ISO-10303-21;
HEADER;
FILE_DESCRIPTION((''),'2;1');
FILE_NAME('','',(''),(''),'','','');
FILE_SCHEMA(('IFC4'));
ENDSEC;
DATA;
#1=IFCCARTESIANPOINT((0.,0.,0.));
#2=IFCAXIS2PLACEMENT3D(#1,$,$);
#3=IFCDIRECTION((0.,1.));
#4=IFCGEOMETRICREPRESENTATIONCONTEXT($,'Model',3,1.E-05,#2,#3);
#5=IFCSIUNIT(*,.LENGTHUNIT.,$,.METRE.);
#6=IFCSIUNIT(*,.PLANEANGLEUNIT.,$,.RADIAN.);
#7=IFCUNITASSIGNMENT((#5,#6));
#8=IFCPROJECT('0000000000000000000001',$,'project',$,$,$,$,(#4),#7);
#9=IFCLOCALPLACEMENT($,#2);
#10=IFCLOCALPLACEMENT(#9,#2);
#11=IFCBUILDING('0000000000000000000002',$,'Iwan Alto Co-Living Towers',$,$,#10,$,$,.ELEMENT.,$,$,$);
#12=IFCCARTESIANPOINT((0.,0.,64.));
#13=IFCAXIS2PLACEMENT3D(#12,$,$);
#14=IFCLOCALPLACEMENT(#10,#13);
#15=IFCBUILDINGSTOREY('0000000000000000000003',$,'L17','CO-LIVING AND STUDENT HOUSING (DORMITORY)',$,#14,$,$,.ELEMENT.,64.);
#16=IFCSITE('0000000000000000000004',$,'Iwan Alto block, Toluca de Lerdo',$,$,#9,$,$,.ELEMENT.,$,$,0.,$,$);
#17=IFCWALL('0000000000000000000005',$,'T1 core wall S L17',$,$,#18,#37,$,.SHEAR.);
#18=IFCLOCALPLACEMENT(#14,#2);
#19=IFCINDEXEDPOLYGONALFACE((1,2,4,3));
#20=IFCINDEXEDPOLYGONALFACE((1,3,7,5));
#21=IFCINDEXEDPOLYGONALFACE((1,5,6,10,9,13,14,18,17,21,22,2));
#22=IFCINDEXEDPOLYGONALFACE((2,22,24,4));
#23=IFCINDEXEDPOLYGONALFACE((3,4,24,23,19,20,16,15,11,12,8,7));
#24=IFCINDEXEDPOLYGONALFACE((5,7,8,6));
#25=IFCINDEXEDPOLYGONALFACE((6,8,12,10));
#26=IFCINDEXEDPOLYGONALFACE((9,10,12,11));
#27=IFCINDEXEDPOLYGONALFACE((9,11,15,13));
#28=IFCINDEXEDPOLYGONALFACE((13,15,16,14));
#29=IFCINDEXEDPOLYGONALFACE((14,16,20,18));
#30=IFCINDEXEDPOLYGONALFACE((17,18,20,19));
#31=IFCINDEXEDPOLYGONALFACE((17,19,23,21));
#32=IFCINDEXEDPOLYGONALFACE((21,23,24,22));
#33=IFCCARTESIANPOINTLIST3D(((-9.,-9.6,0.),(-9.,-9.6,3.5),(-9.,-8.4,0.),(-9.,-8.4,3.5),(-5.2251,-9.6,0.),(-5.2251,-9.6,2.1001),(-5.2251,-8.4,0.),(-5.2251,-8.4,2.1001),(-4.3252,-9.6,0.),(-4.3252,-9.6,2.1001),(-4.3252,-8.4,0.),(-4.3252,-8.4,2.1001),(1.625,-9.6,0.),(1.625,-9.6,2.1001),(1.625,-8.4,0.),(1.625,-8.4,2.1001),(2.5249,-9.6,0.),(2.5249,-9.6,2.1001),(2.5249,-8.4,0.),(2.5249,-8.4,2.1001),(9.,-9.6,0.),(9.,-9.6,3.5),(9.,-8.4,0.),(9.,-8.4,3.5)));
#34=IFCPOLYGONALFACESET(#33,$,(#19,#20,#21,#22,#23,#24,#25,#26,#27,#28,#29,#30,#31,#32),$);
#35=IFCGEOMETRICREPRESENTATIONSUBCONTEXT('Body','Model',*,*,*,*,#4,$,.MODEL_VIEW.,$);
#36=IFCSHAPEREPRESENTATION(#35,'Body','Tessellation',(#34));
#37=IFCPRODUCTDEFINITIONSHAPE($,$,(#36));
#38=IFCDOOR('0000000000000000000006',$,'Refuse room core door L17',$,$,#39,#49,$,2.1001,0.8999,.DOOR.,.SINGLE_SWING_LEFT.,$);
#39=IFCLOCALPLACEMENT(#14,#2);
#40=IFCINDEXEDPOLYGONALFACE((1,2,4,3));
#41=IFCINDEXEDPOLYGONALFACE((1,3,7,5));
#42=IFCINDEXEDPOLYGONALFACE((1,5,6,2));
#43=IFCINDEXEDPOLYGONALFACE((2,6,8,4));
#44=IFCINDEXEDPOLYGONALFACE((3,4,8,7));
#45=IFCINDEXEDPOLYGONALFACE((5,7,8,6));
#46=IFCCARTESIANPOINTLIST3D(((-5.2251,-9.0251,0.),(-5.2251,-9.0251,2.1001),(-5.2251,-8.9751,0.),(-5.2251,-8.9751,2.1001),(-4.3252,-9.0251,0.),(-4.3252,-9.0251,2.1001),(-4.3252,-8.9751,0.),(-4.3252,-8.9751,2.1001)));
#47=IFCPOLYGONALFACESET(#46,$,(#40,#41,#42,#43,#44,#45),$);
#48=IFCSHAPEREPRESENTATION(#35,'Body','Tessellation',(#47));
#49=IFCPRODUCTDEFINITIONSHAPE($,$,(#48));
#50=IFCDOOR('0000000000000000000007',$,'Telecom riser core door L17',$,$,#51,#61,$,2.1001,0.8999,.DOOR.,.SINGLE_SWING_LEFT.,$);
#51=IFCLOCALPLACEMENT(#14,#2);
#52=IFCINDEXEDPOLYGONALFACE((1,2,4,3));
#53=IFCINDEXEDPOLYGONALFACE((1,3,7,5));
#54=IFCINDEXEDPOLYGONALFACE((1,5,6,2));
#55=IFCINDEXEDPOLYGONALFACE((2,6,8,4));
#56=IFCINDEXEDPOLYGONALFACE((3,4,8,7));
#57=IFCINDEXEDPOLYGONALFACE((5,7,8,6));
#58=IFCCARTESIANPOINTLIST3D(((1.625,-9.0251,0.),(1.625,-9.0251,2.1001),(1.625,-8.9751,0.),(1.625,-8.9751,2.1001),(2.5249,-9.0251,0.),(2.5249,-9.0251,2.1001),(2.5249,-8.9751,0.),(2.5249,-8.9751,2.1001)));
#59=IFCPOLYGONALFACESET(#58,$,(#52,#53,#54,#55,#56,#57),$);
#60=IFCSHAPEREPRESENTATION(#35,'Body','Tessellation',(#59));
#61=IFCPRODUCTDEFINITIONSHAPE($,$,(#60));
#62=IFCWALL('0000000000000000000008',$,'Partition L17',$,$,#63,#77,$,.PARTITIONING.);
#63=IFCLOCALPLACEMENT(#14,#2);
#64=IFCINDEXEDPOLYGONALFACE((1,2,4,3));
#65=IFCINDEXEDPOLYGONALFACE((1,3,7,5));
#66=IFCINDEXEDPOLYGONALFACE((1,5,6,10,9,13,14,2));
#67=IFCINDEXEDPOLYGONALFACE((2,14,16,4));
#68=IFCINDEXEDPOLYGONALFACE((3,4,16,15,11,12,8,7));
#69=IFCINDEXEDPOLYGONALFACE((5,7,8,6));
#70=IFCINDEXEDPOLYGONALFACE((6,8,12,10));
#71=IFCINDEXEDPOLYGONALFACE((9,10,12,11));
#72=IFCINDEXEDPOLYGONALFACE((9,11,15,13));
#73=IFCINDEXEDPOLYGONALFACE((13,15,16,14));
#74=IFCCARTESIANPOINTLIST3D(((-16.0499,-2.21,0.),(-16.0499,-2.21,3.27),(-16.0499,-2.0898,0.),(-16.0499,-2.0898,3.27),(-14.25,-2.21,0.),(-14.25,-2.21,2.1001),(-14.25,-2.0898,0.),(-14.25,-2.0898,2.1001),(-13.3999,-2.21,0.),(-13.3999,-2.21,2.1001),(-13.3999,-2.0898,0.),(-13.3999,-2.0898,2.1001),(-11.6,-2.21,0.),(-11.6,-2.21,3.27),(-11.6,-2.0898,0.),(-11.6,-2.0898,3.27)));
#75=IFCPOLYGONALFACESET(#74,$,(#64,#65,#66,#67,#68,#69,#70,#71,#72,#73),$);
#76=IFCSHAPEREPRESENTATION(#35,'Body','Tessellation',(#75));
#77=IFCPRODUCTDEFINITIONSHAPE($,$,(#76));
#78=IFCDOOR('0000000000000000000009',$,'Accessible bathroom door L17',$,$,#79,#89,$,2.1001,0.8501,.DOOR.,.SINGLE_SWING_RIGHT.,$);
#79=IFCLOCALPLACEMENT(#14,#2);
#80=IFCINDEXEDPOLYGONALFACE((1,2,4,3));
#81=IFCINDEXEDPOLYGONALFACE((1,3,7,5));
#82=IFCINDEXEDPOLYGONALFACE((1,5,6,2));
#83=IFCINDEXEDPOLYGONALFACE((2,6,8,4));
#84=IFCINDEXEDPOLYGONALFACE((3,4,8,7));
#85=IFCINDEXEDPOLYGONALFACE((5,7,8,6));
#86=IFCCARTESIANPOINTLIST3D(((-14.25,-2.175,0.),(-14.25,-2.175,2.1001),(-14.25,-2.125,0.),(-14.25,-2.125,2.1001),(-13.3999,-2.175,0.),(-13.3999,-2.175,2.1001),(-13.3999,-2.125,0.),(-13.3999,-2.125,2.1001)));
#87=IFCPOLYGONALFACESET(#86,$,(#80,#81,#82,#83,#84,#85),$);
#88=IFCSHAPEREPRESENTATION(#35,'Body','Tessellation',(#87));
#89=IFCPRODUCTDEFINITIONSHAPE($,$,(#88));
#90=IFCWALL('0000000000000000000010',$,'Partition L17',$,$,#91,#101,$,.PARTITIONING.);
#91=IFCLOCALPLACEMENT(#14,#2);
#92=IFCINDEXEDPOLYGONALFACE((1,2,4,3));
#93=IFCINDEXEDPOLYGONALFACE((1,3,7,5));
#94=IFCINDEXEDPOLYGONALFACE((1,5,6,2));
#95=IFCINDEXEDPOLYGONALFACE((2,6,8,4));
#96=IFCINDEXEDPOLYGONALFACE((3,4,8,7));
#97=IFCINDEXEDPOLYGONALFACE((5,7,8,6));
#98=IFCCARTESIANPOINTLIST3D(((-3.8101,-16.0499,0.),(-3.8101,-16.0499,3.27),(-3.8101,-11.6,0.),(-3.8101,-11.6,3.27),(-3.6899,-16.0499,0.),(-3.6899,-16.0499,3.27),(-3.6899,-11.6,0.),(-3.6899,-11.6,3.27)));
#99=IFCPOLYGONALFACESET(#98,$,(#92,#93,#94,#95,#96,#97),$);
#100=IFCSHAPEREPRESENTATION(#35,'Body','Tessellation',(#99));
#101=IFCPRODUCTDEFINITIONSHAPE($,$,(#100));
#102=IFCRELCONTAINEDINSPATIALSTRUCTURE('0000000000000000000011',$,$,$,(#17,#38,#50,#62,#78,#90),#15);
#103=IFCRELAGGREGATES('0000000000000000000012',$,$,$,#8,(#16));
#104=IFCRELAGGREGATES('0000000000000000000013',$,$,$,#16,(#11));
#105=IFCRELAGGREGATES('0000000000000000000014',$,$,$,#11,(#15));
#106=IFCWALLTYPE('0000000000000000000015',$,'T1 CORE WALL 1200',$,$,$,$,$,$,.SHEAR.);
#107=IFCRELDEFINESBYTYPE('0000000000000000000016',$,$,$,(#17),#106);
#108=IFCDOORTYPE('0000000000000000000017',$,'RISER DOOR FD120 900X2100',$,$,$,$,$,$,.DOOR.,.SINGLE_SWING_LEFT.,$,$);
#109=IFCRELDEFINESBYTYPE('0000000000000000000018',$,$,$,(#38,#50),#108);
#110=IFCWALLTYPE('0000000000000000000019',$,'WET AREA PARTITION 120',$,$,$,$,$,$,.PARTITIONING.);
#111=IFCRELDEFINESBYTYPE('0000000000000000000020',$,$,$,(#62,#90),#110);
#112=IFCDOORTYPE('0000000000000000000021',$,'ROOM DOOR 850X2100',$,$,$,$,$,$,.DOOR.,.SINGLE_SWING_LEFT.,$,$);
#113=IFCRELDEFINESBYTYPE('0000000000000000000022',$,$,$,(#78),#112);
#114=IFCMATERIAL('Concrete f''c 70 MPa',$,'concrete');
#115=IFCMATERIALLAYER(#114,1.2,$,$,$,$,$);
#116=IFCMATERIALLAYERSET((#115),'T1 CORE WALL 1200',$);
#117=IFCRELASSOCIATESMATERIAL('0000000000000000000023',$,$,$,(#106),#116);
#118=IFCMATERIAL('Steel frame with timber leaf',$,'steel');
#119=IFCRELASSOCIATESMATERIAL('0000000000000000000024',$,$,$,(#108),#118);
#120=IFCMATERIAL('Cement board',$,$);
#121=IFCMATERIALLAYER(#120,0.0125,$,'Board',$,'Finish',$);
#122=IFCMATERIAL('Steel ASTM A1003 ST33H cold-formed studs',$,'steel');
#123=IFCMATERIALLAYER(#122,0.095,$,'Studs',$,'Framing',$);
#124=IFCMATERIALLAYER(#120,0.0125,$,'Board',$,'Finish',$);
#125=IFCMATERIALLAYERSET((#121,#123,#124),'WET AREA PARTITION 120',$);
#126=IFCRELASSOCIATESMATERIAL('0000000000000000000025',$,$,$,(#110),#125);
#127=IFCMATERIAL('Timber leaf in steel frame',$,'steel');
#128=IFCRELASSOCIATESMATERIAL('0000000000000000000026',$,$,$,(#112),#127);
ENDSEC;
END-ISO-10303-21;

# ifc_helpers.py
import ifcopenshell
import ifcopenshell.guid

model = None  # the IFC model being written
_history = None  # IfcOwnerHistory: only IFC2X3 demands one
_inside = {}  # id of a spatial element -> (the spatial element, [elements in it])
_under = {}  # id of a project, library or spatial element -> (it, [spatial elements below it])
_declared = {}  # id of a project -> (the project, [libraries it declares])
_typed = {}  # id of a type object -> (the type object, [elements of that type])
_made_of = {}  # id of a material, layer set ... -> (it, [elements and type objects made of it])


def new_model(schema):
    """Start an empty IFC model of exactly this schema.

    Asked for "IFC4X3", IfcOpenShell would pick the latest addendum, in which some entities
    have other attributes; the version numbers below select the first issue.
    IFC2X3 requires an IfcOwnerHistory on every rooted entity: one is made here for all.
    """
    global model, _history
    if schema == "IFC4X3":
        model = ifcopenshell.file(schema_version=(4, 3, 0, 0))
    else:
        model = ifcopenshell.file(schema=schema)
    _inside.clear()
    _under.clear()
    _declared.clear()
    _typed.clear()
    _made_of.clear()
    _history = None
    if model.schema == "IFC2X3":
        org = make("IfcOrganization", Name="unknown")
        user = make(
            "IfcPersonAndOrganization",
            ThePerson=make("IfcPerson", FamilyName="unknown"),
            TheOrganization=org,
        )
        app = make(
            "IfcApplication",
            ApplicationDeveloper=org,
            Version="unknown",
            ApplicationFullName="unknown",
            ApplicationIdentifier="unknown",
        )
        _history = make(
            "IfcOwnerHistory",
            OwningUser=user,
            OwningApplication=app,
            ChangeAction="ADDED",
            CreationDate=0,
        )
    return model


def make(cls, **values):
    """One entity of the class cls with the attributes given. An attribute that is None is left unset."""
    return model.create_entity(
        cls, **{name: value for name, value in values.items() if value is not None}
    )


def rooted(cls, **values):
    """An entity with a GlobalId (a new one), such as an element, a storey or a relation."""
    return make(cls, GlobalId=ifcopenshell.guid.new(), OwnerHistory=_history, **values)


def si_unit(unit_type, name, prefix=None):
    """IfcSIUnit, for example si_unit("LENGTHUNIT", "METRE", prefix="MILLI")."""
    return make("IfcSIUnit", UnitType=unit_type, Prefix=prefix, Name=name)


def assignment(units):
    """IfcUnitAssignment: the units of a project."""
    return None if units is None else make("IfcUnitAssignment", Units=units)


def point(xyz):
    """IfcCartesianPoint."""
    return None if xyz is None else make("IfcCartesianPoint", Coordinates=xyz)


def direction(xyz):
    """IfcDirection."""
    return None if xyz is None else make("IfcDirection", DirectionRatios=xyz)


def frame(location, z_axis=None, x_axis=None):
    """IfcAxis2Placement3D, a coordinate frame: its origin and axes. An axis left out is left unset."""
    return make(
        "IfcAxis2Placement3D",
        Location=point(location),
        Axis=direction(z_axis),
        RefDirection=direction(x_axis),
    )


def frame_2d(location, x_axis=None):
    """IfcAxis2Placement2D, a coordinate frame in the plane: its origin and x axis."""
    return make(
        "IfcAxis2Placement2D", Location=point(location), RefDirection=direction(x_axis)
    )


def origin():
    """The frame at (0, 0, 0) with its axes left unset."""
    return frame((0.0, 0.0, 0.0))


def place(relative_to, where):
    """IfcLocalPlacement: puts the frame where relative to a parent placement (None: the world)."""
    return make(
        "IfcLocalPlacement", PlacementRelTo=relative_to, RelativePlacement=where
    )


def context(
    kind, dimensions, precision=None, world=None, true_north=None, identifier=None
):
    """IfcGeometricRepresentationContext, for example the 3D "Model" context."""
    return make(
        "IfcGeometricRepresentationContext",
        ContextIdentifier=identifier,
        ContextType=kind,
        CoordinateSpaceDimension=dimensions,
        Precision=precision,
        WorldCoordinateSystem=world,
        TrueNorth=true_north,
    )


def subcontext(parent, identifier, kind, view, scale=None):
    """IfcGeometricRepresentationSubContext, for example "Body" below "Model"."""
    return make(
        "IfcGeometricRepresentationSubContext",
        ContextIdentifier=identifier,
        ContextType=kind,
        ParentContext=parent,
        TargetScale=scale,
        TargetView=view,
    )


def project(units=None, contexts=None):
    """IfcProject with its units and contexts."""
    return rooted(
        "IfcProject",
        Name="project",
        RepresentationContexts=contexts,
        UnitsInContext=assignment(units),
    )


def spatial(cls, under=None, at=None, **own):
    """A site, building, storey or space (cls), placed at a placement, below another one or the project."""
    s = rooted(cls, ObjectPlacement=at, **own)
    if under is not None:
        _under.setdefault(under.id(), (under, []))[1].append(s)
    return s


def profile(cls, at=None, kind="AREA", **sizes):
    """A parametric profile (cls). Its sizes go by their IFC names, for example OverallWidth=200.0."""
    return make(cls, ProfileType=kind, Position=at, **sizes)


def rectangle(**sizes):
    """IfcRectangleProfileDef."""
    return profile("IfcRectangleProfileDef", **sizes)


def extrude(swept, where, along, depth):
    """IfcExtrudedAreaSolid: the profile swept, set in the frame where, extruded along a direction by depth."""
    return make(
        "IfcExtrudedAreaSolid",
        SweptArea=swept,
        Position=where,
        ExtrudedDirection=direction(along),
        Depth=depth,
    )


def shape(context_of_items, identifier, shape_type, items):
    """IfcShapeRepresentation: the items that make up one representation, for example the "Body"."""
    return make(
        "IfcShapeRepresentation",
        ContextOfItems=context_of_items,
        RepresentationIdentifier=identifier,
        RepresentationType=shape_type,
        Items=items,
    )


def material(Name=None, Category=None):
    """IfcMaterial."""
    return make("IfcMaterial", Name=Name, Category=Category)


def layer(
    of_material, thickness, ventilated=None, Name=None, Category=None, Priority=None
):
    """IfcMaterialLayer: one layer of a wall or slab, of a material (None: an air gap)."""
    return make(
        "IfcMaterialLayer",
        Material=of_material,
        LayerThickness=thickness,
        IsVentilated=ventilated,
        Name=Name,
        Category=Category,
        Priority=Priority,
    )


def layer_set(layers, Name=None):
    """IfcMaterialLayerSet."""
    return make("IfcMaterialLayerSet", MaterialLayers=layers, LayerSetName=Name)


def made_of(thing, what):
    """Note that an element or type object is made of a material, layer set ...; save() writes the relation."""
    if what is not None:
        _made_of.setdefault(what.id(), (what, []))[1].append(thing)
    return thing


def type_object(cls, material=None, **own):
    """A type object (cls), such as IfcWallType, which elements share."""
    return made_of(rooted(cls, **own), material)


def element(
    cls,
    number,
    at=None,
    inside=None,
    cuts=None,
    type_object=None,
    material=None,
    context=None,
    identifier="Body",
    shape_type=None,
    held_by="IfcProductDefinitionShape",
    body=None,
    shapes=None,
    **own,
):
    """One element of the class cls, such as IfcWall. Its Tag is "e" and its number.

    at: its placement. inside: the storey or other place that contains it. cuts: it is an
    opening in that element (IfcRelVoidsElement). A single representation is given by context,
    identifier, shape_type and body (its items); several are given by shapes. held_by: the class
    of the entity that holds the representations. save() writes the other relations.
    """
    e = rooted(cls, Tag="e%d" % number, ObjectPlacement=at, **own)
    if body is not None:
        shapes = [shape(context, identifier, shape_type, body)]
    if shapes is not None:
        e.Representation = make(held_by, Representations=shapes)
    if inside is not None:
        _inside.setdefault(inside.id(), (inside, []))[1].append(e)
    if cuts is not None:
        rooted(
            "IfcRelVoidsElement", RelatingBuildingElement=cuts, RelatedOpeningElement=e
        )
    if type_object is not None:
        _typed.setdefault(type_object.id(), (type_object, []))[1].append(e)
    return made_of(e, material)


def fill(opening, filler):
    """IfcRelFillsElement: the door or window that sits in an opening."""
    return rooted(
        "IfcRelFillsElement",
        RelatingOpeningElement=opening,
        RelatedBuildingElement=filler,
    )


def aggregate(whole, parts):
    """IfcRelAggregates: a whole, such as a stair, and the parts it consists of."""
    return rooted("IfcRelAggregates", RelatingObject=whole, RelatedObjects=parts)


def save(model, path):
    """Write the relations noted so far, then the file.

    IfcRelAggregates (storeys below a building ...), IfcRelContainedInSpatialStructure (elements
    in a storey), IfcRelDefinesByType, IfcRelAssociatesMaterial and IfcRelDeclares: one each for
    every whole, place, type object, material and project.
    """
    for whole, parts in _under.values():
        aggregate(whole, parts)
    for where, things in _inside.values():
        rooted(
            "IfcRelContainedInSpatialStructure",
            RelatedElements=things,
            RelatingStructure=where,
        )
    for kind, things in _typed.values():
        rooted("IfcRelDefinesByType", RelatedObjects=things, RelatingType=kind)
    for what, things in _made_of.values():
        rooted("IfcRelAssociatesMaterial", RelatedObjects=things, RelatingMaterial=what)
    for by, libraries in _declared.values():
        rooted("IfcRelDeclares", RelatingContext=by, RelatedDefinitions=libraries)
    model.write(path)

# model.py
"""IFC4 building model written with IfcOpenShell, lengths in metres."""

from ifc_helpers import new_model, si_unit, direction, frame, frame_2d, origin, place, context, subcontext, project, spatial, rectangle, extrude, material, layer, layer_set, type_object, element, fill, save


model = new_model("IFC4")

# Units and contexts
model_context = context("Model", 3, precision=1e-05, world=origin(), true_north=direction((0.0, 1.0)))
body_context = subcontext(model_context, "Body", "Model", "MODEL_VIEW")
ifc_project = project(units=[si_unit("LENGTHUNIT", "METRE"), si_unit("PLANEANGLEUNIT", "RADIAN")], contexts=[model_context])

# Site, building, storey
site_placement = place(None, origin())
site = spatial("IfcSite", under=ifc_project, at=site_placement, Name="Iwan Alto block, Toluca de Lerdo", CompositionType="ELEMENT", RefElevation=0.0)
building_placement = place(site_placement, origin())
building = spatial("IfcBuilding", under=site, at=building_placement, Name="Iwan Alto Co-Living Towers", CompositionType="ELEMENT")
storey_placement = place(building_placement, frame((0.0, 0.0, 64.0)))
storey = spatial("IfcBuildingStorey", under=building, at=storey_placement, Name="L17", Description="CO-LIVING AND STUDENT HOUSING (DORMITORY)", CompositionType="ELEMENT", Elevation=64.0)

# Shared definitions
ifc_material_1 = material(Name="Steel ASTM A1003 ST33H cold-formed studs", Category="steel")

# Wall, openings, doors
ifc_material_2 = material(Name="Concrete f'c 70 MPa", Category="concrete")
ifc_layer_1 = layer(ifc_material_2, 1.2)
ifc_layer_set_1 = layer_set([ifc_layer_1], Name="T1 CORE WALL 1200")
wall_type_1 = type_object("IfcWallType", Name="T1 CORE WALL 1200", PredefinedType="SHEAR", material=ifc_layer_set_1)
wall_1_placement = place(storey_placement, frame((-9.0, -9.0, 0.0), z_axis=(0.0, 0.0, 1.0), x_axis=(1.0, 0.0, 0.0)))
wall_1 = element("IfcWall", 1, at=wall_1_placement, inside=storey, type_object=wall_type_1, Name="T1 core wall S L17", PredefinedType="SHEAR", context=body_context, shape_type="SweptSolid", body=[
    extrude(rectangle(XDim=18.0, YDim=1.2, at=frame_2d((9.0, 0.0))), origin(), (0.0, 0.0, 1.0), 3.5),
])
opening_1_placement = place(wall_1_placement, frame((3.7749, 0.0, 0.0)))
opening_1 = element("IfcOpeningElement", 2, at=opening_1_placement, cuts=wall_1, PredefinedType="OPENING", context=body_context, shape_type="SweptSolid", body=[
    extrude(rectangle(XDim=0.8999, YDim=2.1001, at=frame_2d((0.45, 1.05))), frame((0.0, 0.6099, 0.0), z_axis=(0.0, -1.0, 0.0), x_axis=(1.0, 0.0, 0.0)), (0.0, 0.0, 1.0), 1.22),
])
opening_2_placement = place(wall_1_placement, frame((10.625, 0.0, 0.0)))
opening_2 = element("IfcOpeningElement", 3, at=opening_2_placement, cuts=wall_1, PredefinedType="OPENING", context=body_context, shape_type="SweptSolid", body=[
    extrude(rectangle(XDim=0.8999, YDim=2.1001, at=frame_2d((0.45, 1.05))), frame((0.0, 0.6099, 0.0), z_axis=(0.0, -1.0, 0.0), x_axis=(1.0, 0.0, 0.0)), (0.0, 0.0, 1.0), 1.22),
])
ifc_material_3 = material(Name="Steel frame with timber leaf", Category="steel")
door_type_1 = type_object("IfcDoorType", Name="RISER DOOR FD120 900X2100", OperationType="SINGLE_SWING_LEFT", PredefinedType="DOOR", material=ifc_material_3)
door_1_placement = place(opening_1_placement, origin())
door_1 = element("IfcDoor", 4, at=door_1_placement, inside=storey, type_object=door_type_1, Name="Refuse room core door L17", OperationType="SINGLE_SWING_LEFT", OverallHeight=2.1001, OverallWidth=0.8999, PredefinedType="DOOR", context=body_context, shape_type="SweptSolid", body=[
    extrude(rectangle(XDim=0.8999, YDim=2.1001, at=frame_2d((0.45, 1.05))), frame((0.0, 0.0249, 0.0), z_axis=(0.0, -1.0, 0.0), x_axis=(1.0, 0.0, 0.0)), (0.0, 0.0, 1.0), 0.05),
])
fill(opening_1, door_1)
door_2_placement = place(opening_2_placement, origin())
door_2 = element("IfcDoor", 5, at=door_2_placement, inside=storey, type_object=door_type_1, Name="Telecom riser core door L17", OperationType="SINGLE_SWING_LEFT", OverallHeight=2.1001, OverallWidth=0.8999, PredefinedType="DOOR", context=body_context, shape_type="SweptSolid", body=[
    extrude(rectangle(XDim=0.8999, YDim=2.1001, at=frame_2d((0.45, 1.05))), frame((0.0, 0.0249, 0.0), z_axis=(0.0, -1.0, 0.0), x_axis=(1.0, 0.0, 0.0)), (0.0, 0.0, 1.0), 0.05),
])
fill(opening_2, door_2)

# Wall, opening, door
ifc_material_4 = material(Name="Cement board")
ifc_layer_2 = layer(ifc_material_4, 0.0125, Name="Board", Category="Finish")
ifc_layer_3 = layer(ifc_material_1, 0.095, Name="Studs", Category="Framing")
ifc_layer_4 = layer(ifc_material_4, 0.0125, Name="Board", Category="Finish")
ifc_layer_set_2 = layer_set([ifc_layer_2, ifc_layer_3, ifc_layer_4], Name="WET AREA PARTITION 120")
wall_type_2 = type_object("IfcWallType", Name="WET AREA PARTITION 120", PredefinedType="PARTITIONING", material=ifc_layer_set_2)
wall_2_placement = place(storey_placement, frame((-16.05, -2.1499, 0.0), z_axis=(0.0, 0.0, 1.0), x_axis=(1.0, 0.0, 0.0)))
wall_2 = element("IfcWall", 6, at=wall_2_placement, inside=storey, type_object=wall_type_2, Name="Partition L17", PredefinedType="PARTITIONING", context=body_context, shape_type="SweptSolid", body=[
    extrude(rectangle(XDim=4.45, YDim=0.1201, at=frame_2d((2.2251, 0.0))), origin(), (0.0, 0.0, 1.0), 3.27),
])
opening_3_placement = place(wall_2_placement, frame((1.8, 0.0, 0.0)))
opening_3 = element("IfcOpeningElement", 7, at=opening_3_placement, cuts=wall_2, PredefinedType="OPENING", context=body_context, shape_type="SweptSolid", body=[
    extrude(rectangle(XDim=0.8501, YDim=2.1001, at=frame_2d((0.425, 1.05))), frame((0.0, 0.0701, 0.0), z_axis=(0.0, -1.0, 0.0), x_axis=(1.0, 0.0, 0.0)), (0.0, 0.0, 1.0), 0.1401),
])
ifc_material_5 = material(Name="Timber leaf in steel frame", Category="steel")
door_type_2 = type_object("IfcDoorType", Name="ROOM DOOR 850X2100", OperationType="SINGLE_SWING_LEFT", PredefinedType="DOOR", material=ifc_material_5)
door_3_placement = place(opening_3_placement, origin())
door_3 = element("IfcDoor", 8, at=door_3_placement, inside=storey, type_object=door_type_2, Name="Accessible bathroom door L17", OperationType="SINGLE_SWING_RIGHT", OverallHeight=2.1001, OverallWidth=0.8501, PredefinedType="DOOR", context=body_context, shape_type="SweptSolid", body=[
    extrude(rectangle(XDim=0.8501, YDim=2.1001, at=frame_2d((0.425, 1.05))), frame((0.0, 0.0249, 0.0), z_axis=(0.0, -1.0, 0.0), x_axis=(1.0, 0.0, 0.0)), (0.0, 0.0, 1.0), 0.05),
])
fill(opening_3, door_3)

# Wall
wall_3_placement = place(storey_placement, frame((-3.75, -16.05, 0.0), z_axis=(0.0, 0.0, 1.0), x_axis=(0.0, 1.0, 0.0)))
element("IfcWall", 9, at=wall_3_placement, inside=storey, type_object=wall_type_2, Name="Partition L17", PredefinedType="PARTITIONING", context=body_context, shape_type="SweptSolid", body=[
    extrude(rectangle(XDim=4.45, YDim=0.1201, at=frame_2d((2.2251, 0.0))), origin(), (0.0, 0.0, 1.0), 3.27),
])

save(model, "model.ifc")
